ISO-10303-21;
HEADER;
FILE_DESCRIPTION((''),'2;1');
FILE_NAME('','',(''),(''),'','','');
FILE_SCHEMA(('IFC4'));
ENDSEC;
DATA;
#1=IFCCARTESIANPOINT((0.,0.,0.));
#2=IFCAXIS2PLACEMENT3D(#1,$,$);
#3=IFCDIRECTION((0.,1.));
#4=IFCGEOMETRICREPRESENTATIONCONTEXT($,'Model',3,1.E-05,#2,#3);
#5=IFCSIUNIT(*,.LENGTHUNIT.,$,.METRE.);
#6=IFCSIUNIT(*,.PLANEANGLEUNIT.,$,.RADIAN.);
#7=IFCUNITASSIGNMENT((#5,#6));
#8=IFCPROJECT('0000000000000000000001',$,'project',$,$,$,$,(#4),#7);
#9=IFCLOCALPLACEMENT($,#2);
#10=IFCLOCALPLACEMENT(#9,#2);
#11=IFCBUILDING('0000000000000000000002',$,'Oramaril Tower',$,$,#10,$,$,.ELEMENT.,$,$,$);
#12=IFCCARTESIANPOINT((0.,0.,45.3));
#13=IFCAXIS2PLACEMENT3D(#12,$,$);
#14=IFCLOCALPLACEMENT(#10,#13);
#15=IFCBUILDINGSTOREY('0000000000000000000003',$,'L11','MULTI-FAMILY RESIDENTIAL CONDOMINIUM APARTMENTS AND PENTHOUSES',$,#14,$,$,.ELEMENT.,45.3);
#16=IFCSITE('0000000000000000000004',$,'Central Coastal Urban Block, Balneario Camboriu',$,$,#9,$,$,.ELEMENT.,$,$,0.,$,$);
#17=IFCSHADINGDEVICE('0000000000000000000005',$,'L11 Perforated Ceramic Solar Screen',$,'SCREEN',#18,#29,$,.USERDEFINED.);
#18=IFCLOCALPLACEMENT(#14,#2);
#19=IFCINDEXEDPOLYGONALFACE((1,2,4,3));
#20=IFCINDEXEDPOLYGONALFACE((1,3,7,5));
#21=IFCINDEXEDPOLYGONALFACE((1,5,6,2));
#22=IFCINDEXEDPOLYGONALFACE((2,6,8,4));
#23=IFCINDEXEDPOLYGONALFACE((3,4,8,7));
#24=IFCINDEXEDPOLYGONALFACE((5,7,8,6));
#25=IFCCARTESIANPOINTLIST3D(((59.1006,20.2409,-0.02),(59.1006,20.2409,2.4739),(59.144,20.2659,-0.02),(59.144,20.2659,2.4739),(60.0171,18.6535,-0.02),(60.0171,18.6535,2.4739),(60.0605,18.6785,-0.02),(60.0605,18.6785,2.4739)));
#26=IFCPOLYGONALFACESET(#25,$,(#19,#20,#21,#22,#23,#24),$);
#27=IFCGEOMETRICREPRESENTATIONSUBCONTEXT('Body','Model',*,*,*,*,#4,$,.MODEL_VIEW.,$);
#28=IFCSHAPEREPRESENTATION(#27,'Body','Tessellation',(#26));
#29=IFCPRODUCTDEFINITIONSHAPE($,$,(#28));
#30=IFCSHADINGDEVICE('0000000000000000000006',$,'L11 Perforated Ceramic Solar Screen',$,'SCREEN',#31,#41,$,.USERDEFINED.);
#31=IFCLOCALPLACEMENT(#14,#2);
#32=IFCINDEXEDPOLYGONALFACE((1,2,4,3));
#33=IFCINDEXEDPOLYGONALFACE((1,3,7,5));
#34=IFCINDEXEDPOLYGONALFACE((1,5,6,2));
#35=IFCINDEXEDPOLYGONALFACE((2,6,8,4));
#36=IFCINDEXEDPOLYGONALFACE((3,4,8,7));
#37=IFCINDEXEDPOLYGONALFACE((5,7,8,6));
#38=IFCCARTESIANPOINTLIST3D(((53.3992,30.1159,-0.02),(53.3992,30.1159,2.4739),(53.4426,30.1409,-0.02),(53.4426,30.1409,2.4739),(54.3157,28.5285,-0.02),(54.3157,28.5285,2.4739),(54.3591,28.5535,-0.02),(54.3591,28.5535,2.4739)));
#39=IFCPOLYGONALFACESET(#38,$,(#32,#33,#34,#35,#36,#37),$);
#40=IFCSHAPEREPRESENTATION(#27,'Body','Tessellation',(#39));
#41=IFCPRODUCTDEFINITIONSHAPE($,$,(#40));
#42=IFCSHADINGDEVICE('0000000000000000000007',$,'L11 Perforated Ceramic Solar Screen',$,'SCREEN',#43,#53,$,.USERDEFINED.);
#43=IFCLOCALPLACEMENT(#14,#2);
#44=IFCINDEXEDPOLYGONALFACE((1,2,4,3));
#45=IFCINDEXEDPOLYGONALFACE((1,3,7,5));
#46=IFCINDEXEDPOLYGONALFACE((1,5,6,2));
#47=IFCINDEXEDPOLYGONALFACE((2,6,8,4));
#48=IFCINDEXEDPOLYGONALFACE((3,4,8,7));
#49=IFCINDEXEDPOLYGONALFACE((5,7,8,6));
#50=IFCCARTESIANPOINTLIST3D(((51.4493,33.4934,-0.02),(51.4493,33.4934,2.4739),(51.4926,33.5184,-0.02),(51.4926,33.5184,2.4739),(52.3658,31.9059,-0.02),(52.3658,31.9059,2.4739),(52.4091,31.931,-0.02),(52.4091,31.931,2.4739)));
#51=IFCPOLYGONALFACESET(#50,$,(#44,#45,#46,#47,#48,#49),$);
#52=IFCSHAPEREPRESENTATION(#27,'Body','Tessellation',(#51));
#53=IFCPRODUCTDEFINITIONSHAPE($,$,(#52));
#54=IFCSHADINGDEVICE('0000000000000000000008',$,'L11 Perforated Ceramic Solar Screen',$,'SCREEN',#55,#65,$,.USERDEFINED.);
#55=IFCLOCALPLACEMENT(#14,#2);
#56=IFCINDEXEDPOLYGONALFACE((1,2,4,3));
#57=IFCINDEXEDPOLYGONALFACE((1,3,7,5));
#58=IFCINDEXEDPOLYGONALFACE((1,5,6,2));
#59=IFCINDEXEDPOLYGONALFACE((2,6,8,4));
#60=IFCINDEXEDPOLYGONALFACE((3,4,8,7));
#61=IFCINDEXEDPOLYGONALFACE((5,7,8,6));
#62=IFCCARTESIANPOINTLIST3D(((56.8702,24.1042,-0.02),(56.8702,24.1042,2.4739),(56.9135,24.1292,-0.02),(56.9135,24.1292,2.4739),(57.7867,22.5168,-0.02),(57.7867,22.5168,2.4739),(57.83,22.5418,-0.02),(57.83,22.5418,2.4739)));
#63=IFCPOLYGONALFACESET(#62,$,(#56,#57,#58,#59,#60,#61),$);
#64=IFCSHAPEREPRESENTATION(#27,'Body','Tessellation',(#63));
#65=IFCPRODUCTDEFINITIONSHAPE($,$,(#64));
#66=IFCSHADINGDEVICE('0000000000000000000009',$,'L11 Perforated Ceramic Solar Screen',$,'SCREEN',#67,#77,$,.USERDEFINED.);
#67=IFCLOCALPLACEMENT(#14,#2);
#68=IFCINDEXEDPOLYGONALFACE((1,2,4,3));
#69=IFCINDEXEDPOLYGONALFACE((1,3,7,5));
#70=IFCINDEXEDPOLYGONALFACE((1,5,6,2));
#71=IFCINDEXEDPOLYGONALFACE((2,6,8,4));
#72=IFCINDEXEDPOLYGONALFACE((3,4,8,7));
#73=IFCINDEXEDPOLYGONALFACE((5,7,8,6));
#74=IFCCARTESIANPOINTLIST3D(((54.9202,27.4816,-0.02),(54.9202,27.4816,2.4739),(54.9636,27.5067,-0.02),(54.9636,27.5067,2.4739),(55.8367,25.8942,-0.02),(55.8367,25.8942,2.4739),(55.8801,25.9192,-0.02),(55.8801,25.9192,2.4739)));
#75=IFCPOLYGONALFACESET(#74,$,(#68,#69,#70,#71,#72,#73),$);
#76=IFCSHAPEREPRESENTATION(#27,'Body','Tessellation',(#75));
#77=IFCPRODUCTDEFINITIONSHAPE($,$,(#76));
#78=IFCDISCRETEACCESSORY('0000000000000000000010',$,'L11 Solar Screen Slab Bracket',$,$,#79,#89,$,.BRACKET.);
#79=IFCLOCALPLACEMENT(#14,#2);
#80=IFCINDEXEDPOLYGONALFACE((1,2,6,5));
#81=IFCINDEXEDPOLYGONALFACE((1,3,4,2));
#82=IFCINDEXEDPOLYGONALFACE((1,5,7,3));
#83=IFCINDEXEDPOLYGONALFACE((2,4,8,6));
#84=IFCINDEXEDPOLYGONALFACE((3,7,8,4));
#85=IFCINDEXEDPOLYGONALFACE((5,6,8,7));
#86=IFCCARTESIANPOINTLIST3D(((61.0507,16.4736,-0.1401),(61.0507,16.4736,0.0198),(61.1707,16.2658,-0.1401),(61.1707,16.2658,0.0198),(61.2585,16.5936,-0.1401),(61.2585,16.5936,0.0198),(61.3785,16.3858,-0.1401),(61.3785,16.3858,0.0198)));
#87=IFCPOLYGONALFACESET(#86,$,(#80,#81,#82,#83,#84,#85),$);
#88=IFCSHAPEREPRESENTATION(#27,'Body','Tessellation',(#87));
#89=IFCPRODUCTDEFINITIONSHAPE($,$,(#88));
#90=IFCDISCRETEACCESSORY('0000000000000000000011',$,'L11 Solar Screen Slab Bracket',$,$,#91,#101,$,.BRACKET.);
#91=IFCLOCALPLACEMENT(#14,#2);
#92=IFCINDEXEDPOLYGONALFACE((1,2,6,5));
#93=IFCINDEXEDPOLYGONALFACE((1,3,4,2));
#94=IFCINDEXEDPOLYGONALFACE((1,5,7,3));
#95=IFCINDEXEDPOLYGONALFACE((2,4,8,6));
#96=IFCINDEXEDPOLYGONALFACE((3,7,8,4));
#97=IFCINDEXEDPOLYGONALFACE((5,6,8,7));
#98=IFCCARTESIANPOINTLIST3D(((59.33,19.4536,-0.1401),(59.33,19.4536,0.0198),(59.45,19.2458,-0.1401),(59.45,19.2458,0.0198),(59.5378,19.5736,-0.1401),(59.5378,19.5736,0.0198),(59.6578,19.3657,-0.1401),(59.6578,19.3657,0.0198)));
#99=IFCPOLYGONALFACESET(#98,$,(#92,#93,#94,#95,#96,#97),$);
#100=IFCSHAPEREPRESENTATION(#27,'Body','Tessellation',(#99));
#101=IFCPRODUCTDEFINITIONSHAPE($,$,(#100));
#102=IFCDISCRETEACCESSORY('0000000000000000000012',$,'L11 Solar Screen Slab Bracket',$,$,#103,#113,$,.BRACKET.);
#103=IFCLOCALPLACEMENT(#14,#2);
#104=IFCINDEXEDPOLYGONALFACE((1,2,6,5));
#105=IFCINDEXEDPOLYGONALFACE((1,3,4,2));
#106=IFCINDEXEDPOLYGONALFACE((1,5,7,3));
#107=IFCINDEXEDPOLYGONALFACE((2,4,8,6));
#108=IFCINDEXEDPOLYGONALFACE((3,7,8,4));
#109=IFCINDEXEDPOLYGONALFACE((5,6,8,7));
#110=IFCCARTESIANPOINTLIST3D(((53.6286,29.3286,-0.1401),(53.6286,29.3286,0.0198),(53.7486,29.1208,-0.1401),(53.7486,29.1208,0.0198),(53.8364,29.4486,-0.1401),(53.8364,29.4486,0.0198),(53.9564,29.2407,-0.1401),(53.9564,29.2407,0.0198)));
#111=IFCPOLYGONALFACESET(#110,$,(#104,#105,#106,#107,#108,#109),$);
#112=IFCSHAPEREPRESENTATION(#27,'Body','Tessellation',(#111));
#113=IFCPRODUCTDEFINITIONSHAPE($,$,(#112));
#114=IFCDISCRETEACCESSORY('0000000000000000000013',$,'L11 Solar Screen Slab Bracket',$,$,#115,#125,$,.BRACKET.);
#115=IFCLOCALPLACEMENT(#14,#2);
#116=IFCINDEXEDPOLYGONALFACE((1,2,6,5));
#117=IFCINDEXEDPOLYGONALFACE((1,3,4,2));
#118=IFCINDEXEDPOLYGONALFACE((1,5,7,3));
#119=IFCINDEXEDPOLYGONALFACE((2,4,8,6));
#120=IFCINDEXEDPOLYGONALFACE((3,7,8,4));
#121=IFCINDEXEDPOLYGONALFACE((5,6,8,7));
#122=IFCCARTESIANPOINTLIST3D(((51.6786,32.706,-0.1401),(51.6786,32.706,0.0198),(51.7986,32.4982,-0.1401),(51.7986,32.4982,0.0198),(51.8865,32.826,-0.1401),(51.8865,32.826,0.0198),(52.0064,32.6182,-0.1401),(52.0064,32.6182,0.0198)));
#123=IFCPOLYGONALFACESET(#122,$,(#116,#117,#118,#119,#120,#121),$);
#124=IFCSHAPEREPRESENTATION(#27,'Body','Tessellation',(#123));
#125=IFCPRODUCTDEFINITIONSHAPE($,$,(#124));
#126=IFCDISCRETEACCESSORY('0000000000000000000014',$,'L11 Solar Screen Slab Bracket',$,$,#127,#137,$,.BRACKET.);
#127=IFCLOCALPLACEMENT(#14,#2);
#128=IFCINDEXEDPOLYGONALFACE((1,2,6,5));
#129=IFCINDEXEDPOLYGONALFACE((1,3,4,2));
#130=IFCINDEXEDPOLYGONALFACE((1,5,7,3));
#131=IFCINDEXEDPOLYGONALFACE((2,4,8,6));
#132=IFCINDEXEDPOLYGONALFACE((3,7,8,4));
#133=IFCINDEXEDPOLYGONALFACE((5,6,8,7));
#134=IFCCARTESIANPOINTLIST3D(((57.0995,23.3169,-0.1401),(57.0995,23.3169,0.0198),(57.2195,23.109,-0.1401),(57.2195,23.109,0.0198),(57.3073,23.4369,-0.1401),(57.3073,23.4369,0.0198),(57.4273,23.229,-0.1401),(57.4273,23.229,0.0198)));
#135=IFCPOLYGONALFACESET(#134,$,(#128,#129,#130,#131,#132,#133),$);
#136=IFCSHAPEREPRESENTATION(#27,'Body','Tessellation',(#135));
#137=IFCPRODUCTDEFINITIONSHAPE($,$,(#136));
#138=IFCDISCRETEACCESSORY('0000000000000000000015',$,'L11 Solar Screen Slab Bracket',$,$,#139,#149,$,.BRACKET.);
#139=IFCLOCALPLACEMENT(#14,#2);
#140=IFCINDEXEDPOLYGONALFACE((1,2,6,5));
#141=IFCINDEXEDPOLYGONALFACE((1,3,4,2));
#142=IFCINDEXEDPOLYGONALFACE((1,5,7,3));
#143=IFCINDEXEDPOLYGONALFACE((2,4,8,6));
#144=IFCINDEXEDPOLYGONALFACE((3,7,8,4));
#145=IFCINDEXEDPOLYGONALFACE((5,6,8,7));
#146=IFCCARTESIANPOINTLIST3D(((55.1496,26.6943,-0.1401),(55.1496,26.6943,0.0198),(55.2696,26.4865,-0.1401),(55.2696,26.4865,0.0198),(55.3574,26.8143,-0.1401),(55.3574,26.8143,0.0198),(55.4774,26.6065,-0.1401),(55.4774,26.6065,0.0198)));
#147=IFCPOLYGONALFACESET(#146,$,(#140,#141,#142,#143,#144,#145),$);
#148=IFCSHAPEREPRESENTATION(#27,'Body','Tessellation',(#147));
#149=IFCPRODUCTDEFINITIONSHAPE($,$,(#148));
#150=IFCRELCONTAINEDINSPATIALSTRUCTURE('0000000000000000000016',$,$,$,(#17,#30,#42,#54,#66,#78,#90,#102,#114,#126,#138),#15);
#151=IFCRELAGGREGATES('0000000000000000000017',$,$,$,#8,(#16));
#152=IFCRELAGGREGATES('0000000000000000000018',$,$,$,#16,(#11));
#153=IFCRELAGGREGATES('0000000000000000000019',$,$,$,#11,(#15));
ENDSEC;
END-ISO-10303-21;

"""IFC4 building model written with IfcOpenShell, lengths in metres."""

from ifc_helpers import new_model, si_unit, direction, frame, origin, origin_2d, place, context, subcontext, project, spatial, rectangle, extrude, element, save


model = new_model("IFC4")

# Units and contexts
model_context = context("Model", 3, precision=1e-05, world=origin(), true_north=direction((0.0, 1.0)))
body_context = subcontext(model_context, "Body", "Model", "MODEL_VIEW")
ifc_project = project(units=[si_unit("LENGTHUNIT", "METRE"), si_unit("PLANEANGLEUNIT", "RADIAN")], contexts=[model_context])

# Site, building, storey
site_placement = place(None, origin())
site = spatial("IfcSite", under=ifc_project, at=site_placement, Name="Central Coastal Urban Block, Balneario Camboriu", CompositionType="ELEMENT", RefElevation=0.0)
building_placement = place(site_placement, origin())
building = spatial("IfcBuilding", under=site, at=building_placement, Name="Oramaril Tower", CompositionType="ELEMENT")
storey_placement = place(building_placement, frame((0.0, 0.0, 45.3)))
storey = spatial("IfcBuildingStorey", under=building, at=storey_placement, Name="L11", Description="MULTI-FAMILY RESIDENTIAL CONDOMINIUM APARTMENTS AND PENTHOUSES", CompositionType="ELEMENT", Elevation=45.3)

# Shading devices
for number, where, z_axis, x_axis, name in (
    (1, (59.5806, 19.4597, -0.02), (0.0, 0.0, 1.0), (-0.500002, 0.866025, 0.0), "L11 Perforated Ceramic Solar Screen"),
    (2, (53.8792, 29.3347, -0.02), (0.0, 0.0, 1.0), (-0.500002, 0.866025, 0.0), "L11 Perforated Ceramic Solar Screen"),
    (3, (51.9292, 32.7122, -0.02), (0.0, 0.0, 1.0), (-0.500002, 0.866025, 0.0), "L11 Perforated Ceramic Solar Screen"),
    (4, (57.3501, 23.323, -0.02), (0.0, 0.0, 1.0), (-0.500002, 0.866025, 0.0), "L11 Perforated Ceramic Solar Screen"),
    (5, (55.4001, 26.7004, -0.02), (0.0, 0.0, 1.0), (-0.500002, 0.866025, 0.0), "L11 Perforated Ceramic Solar Screen"),
):
    element("IfcShadingDevice", number, at=place(storey_placement, frame(where, z_axis=z_axis, x_axis=x_axis)), inside=storey, Name=name, ObjectType="SCREEN", PredefinedType="USERDEFINED", context=body_context, shape_type="SweptSolid", body=[
        extrude(rectangle(XDim=1.833, YDim=0.05, at=origin_2d()), origin(), (0.0, 0.0, 1.0), 2.4939),
    ])

# Discrete accessories
for number, where, z_axis, x_axis, name in (
    (6, (61.2146, 16.4297, -0.1401), (0.0, 0.0, 1.0), (-0.500002, 0.866025, 0.0), "L11 Solar Screen Slab Bracket"),
    (7, (59.4939, 19.4097, -0.1401), (0.0, 0.0, 1.0), (-0.500002, 0.866025, 0.0), "L11 Solar Screen Slab Bracket"),
    (8, (53.7925, 29.2847, -0.1401), (0.0, 0.0, 1.0), (-0.500002, 0.866025, 0.0), "L11 Solar Screen Slab Bracket"),
    (9, (51.8425, 32.6621, -0.1401), (0.0, 0.0, 1.0), (-0.500002, 0.866025, 0.0), "L11 Solar Screen Slab Bracket"),
    (10, (57.2634, 23.2729, -0.1401), (0.0, 0.0, 1.0), (-0.500002, 0.866025, 0.0), "L11 Solar Screen Slab Bracket"),
    (11, (55.3135, 26.6504, -0.1401), (0.0, 0.0, 1.0), (-0.500002, 0.866025, 0.0), "L11 Solar Screen Slab Bracket"),
):
    element("IfcDiscreteAccessory", number, at=place(storey_placement, frame(where, z_axis=z_axis, x_axis=x_axis)), inside=storey, Name=name, PredefinedType="BRACKET", context=body_context, shape_type="SweptSolid", body=[
        extrude(rectangle(XDim=0.24, YDim=0.24, at=origin_2d()), origin(), (0.0, 0.0, 1.0), 0.1599),
    ])

save(model, "model.ifc")
